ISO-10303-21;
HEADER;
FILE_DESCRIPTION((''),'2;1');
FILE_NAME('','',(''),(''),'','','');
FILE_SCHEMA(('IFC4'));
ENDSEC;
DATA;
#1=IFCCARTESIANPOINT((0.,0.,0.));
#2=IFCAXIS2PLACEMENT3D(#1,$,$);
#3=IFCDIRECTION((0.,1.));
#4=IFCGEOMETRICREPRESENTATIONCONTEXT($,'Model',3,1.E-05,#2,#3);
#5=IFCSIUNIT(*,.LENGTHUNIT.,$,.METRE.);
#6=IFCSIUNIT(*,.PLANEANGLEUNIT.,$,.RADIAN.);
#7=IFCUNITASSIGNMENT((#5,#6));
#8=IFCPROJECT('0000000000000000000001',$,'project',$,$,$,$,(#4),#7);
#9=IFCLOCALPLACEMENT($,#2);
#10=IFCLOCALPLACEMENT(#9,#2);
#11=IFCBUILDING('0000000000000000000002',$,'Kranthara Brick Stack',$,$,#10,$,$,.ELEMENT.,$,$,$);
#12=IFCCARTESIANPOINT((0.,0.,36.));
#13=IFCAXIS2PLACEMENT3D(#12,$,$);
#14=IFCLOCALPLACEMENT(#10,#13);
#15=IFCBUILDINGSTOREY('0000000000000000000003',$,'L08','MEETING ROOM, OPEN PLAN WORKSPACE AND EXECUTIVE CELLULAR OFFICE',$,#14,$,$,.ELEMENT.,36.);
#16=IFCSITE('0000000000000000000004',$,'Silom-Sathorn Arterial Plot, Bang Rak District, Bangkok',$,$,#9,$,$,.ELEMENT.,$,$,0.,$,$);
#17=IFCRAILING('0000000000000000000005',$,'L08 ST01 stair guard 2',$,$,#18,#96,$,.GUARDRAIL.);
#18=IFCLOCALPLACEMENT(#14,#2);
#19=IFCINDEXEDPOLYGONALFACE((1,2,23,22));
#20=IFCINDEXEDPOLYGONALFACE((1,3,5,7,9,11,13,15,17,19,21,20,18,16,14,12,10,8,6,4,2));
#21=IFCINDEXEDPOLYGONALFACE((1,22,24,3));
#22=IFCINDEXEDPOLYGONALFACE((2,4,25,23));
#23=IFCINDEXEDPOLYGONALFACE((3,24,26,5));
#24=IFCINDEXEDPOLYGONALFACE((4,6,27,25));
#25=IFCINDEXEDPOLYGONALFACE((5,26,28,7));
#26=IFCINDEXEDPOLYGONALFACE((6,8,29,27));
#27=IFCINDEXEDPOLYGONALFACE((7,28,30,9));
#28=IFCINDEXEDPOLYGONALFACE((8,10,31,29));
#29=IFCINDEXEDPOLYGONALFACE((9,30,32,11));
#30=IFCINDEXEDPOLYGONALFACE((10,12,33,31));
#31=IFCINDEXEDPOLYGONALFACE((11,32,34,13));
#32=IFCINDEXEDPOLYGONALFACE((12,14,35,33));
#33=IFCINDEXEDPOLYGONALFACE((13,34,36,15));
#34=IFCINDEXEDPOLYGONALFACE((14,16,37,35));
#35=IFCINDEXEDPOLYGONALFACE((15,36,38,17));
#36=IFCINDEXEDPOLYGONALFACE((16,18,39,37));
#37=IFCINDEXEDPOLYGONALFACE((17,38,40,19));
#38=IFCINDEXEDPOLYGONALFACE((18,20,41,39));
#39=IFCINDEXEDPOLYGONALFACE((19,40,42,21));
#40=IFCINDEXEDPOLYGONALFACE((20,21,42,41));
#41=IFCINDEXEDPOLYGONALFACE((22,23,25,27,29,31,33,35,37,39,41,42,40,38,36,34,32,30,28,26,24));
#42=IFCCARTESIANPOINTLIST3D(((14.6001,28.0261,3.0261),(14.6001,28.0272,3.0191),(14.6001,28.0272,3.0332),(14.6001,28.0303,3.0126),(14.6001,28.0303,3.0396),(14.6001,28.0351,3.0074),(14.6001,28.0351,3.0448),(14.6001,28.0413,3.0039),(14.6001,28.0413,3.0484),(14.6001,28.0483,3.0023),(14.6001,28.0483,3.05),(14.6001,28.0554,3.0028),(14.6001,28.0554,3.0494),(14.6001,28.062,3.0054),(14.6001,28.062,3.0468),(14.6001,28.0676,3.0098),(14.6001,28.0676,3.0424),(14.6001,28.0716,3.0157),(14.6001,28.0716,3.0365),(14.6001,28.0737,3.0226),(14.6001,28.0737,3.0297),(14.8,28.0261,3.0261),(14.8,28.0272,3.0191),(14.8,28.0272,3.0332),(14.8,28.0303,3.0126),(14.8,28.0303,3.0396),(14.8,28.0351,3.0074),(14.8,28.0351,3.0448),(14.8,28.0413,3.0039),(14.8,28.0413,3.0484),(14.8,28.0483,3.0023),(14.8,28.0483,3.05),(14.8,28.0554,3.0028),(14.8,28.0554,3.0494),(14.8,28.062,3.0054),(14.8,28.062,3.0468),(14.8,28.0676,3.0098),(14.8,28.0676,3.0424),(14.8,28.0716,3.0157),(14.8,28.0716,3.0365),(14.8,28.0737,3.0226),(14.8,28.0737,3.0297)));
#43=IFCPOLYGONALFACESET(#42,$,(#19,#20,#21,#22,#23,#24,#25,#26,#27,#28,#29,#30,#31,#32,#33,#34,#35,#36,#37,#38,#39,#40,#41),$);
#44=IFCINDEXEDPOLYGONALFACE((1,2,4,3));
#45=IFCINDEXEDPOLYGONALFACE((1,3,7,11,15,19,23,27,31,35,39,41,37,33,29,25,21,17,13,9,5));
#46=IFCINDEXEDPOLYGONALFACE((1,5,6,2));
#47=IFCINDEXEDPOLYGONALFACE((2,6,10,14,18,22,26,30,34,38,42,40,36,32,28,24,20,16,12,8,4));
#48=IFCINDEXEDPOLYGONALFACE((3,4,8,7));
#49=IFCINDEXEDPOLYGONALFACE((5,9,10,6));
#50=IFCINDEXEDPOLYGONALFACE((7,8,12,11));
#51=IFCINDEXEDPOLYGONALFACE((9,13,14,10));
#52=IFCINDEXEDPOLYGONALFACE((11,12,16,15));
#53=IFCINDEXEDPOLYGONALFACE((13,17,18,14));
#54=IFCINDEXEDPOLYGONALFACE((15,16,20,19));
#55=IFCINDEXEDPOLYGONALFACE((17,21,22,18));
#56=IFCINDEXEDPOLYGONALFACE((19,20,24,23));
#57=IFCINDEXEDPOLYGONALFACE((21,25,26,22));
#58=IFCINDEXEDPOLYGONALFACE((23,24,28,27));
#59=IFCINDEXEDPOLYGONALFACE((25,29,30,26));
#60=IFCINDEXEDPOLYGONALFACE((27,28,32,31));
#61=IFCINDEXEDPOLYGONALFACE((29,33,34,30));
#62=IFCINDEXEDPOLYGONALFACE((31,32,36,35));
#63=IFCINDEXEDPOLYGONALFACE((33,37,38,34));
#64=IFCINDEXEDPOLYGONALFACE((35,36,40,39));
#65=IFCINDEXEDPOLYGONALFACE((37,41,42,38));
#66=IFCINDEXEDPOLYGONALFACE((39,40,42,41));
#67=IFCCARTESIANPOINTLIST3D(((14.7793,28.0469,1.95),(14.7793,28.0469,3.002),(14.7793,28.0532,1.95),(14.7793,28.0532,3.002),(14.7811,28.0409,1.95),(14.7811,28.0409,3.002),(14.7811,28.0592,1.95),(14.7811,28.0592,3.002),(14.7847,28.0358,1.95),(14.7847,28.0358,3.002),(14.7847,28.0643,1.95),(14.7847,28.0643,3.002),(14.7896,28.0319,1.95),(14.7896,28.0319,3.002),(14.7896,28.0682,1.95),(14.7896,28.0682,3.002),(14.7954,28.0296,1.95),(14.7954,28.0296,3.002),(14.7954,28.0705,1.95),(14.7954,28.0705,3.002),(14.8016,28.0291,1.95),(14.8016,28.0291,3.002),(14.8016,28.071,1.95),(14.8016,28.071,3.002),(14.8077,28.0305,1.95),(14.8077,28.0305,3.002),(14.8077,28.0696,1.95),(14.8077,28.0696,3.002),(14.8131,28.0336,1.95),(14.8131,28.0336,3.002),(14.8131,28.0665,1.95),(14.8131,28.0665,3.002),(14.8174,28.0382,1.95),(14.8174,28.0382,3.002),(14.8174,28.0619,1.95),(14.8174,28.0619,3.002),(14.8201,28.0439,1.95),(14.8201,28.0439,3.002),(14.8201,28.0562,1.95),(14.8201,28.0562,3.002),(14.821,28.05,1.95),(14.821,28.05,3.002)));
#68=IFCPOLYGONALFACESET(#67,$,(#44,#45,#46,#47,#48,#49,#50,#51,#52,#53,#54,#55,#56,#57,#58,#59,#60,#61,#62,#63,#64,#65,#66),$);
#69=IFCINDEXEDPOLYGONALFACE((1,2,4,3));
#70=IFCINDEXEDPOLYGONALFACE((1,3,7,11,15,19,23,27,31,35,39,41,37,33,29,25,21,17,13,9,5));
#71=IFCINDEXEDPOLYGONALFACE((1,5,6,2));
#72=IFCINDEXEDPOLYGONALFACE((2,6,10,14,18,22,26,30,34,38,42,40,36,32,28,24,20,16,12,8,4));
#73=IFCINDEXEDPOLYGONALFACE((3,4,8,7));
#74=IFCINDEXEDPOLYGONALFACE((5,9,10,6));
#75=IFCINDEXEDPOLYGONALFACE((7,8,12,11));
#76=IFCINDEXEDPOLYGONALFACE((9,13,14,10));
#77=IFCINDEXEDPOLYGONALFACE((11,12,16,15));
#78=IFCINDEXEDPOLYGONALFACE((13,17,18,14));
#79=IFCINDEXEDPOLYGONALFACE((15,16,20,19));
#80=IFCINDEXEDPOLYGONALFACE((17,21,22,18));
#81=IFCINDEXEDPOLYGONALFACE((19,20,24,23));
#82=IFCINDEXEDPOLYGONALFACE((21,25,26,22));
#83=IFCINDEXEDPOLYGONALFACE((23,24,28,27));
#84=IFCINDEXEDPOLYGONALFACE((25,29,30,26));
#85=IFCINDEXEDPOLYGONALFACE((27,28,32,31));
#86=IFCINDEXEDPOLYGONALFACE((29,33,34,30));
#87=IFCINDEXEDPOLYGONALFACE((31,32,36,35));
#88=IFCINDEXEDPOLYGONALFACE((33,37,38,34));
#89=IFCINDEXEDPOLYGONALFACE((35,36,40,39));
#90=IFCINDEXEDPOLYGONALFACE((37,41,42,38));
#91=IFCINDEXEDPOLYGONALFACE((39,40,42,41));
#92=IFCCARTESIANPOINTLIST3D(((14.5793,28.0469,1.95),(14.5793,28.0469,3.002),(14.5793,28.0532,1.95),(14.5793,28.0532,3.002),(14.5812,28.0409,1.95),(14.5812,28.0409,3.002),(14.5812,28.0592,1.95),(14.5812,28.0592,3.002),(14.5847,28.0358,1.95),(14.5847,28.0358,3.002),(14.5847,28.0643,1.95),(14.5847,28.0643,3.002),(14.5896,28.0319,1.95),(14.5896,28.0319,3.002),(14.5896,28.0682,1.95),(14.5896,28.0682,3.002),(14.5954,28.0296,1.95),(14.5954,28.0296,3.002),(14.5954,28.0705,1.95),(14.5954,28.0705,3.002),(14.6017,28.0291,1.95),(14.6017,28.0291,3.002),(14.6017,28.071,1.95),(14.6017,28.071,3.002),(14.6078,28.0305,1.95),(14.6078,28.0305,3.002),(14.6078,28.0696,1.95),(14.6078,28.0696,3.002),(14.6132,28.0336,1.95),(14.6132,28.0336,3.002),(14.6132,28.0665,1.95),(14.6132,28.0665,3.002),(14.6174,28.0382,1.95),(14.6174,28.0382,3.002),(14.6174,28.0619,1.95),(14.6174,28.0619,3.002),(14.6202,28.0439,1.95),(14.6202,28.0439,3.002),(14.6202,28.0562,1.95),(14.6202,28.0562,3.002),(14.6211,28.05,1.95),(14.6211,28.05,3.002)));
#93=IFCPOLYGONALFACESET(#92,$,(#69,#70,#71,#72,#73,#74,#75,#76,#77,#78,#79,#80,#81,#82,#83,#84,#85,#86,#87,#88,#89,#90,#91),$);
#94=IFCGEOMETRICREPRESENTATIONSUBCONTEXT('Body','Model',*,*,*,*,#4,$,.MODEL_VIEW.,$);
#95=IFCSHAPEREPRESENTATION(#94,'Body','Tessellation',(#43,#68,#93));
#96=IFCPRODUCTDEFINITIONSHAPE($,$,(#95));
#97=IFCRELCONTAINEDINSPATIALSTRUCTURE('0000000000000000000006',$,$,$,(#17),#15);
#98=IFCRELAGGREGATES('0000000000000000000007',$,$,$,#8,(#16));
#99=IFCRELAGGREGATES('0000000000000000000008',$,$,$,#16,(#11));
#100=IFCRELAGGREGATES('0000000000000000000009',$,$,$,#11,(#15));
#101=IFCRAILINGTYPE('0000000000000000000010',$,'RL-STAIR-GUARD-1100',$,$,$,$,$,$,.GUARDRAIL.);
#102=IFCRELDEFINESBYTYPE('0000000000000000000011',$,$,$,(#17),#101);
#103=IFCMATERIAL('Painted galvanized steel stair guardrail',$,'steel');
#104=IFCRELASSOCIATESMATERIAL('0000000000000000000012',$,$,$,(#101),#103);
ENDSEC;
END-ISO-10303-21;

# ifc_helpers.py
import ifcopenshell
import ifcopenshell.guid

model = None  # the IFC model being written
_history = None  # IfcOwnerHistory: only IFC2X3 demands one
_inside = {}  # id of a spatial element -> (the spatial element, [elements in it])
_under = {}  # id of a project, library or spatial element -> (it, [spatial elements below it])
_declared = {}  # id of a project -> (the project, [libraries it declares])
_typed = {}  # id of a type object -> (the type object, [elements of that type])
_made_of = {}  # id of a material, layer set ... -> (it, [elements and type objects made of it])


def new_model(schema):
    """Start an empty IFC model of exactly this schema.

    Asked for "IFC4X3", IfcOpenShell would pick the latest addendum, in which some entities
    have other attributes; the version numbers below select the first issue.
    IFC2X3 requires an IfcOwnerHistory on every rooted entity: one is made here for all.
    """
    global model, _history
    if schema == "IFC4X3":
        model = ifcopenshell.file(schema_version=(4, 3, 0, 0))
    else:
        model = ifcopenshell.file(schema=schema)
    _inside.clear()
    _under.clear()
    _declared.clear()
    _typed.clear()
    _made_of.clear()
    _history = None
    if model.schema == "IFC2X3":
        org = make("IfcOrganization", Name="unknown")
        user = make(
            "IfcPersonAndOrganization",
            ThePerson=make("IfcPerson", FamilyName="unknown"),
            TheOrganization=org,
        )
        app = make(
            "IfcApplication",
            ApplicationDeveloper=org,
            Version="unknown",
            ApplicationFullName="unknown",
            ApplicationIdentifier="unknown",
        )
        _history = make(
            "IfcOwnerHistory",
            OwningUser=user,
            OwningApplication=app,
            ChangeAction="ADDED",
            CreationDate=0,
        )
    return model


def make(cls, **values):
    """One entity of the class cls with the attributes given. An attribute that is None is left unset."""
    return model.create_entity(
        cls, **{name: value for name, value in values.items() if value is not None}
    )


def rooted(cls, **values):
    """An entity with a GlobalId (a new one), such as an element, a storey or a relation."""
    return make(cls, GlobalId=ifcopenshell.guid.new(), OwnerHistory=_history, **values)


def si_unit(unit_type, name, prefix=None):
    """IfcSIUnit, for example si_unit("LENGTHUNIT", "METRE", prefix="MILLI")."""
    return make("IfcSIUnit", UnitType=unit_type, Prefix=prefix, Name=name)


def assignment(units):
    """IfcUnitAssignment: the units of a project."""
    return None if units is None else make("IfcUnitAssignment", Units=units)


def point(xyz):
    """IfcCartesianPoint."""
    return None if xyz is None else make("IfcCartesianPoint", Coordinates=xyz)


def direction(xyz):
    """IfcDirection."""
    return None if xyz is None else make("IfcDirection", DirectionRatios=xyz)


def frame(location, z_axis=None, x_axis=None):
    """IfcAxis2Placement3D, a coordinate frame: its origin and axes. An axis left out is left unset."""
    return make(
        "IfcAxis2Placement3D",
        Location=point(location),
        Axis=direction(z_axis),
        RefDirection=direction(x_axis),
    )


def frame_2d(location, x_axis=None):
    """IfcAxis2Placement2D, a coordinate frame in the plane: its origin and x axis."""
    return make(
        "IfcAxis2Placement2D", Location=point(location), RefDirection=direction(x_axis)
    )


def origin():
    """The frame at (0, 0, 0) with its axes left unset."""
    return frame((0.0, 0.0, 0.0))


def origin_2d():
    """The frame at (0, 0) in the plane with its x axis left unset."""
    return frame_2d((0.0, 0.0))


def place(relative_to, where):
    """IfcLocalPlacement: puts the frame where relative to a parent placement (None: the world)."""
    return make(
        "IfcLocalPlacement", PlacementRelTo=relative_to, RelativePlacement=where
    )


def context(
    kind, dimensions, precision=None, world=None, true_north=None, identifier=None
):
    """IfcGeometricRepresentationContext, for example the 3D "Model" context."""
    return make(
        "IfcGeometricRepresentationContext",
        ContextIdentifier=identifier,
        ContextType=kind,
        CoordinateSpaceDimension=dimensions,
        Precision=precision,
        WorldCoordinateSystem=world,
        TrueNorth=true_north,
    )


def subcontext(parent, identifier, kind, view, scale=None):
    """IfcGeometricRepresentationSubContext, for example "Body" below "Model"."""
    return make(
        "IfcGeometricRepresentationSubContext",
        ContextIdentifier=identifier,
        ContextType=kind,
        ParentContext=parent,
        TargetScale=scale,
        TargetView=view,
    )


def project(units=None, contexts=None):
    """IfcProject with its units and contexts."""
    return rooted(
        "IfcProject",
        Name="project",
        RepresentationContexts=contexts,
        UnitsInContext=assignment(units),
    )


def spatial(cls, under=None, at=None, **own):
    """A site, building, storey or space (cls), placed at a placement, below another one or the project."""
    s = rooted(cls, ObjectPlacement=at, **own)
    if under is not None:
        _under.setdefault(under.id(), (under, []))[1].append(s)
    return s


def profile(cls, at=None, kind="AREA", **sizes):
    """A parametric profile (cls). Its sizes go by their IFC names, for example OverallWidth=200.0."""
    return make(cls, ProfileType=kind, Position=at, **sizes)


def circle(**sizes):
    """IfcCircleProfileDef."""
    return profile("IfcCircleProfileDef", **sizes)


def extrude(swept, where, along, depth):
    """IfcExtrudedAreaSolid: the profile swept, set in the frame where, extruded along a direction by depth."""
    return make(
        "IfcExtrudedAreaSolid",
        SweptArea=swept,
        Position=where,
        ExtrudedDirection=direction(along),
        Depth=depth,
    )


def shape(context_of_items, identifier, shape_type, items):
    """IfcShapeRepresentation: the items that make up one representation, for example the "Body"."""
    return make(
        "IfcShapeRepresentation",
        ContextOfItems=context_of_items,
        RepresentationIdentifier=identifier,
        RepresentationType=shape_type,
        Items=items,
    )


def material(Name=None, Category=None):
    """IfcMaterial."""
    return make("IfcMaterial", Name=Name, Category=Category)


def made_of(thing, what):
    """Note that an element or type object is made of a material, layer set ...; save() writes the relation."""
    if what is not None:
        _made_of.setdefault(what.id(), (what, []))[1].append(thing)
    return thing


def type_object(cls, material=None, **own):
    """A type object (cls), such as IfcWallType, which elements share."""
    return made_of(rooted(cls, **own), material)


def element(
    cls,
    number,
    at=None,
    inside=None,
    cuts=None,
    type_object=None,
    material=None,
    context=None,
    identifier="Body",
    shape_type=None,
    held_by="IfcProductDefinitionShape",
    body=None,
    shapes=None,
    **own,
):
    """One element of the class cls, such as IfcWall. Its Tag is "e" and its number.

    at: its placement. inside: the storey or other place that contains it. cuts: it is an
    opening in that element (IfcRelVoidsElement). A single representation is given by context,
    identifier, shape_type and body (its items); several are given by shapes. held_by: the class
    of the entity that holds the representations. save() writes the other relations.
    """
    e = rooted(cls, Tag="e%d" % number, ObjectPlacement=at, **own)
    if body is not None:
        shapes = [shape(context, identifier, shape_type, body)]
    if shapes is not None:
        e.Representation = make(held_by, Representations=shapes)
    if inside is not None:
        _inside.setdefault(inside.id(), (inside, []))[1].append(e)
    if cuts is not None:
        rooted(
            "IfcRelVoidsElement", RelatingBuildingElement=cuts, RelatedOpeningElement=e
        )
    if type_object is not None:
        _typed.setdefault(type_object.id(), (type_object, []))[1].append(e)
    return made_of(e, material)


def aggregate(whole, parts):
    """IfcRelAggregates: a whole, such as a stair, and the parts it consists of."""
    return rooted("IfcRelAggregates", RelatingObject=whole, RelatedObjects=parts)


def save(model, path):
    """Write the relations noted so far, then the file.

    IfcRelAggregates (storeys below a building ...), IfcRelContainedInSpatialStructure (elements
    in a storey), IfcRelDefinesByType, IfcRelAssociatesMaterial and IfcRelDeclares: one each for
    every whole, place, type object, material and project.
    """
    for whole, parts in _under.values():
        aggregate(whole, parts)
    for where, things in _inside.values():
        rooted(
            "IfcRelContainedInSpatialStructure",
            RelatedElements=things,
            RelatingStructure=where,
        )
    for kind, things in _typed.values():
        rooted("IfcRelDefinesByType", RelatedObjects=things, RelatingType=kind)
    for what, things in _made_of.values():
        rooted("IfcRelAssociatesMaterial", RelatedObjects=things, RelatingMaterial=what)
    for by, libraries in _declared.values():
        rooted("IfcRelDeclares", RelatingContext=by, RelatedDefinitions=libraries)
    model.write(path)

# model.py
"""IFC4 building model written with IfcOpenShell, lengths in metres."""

from ifc_helpers import new_model, si_unit, direction, frame, origin, origin_2d, place, context, subcontext, project, spatial, circle, extrude, material, type_object, element, save


model = new_model("IFC4")

# Units and contexts
model_context = context("Model", 3, precision=1e-05, world=origin(), true_north=direction((0.0, 1.0)))
body_context = subcontext(model_context, "Body", "Model", "MODEL_VIEW")
ifc_project = project(units=[si_unit("LENGTHUNIT", "METRE"), si_unit("PLANEANGLEUNIT", "RADIAN")], contexts=[model_context])

# Site, building, storey
site_placement = place(None, origin())
site = spatial("IfcSite", under=ifc_project, at=site_placement, Name="Silom-Sathorn Arterial Plot, Bang Rak District, Bangkok", CompositionType="ELEMENT", RefElevation=0.0)
building_placement = place(site_placement, origin())
building = spatial("IfcBuilding", under=site, at=building_placement, Name="Kranthara Brick Stack", CompositionType="ELEMENT")
storey_placement = place(building_placement, frame((0.0, 0.0, 36.0)))
storey = spatial("IfcBuildingStorey", under=building, at=storey_placement, Name="L08", Description="MEETING ROOM, OPEN PLAN WORKSPACE AND EXECUTIVE CELLULAR OFFICE", CompositionType="ELEMENT", Elevation=36.0)

# Railing
ifc_material_1 = material(Name="Painted galvanized steel stair guardrail", Category="steel")
railing_type_1 = type_object("IfcRailingType", Name="RL-STAIR-GUARD-1100", PredefinedType="GUARDRAIL", material=ifc_material_1)
railing_1_placement = place(storey_placement, frame((14.8, 28.05, 1.95)))
element("IfcRailing", 1, at=railing_1_placement, inside=storey, type_object=railing_type_1, Name="L08 ST01 stair guard 2", PredefinedType="GUARDRAIL", context=body_context, shape_type="SweptSolid", body=[
    extrude(circle(Radius=0.0239, at=origin_2d()), frame((0.0, 0.0, 1.0762), z_axis=(-1.0, 0.0, 0.0), x_axis=(0.0, -1.0, 0.0)), (0.0, 0.0, 1.0), 0.2),
    extrude(circle(Radius=0.021, at=origin_2d()), origin(), (0.0, 0.0, 1.0), 1.052),
    extrude(circle(Radius=0.021, at=origin_2d()), frame((-0.2, 0.0, 0.0)), (0.0, 0.0, 1.0), 1.052),
])

save(model, "model.ifc")
